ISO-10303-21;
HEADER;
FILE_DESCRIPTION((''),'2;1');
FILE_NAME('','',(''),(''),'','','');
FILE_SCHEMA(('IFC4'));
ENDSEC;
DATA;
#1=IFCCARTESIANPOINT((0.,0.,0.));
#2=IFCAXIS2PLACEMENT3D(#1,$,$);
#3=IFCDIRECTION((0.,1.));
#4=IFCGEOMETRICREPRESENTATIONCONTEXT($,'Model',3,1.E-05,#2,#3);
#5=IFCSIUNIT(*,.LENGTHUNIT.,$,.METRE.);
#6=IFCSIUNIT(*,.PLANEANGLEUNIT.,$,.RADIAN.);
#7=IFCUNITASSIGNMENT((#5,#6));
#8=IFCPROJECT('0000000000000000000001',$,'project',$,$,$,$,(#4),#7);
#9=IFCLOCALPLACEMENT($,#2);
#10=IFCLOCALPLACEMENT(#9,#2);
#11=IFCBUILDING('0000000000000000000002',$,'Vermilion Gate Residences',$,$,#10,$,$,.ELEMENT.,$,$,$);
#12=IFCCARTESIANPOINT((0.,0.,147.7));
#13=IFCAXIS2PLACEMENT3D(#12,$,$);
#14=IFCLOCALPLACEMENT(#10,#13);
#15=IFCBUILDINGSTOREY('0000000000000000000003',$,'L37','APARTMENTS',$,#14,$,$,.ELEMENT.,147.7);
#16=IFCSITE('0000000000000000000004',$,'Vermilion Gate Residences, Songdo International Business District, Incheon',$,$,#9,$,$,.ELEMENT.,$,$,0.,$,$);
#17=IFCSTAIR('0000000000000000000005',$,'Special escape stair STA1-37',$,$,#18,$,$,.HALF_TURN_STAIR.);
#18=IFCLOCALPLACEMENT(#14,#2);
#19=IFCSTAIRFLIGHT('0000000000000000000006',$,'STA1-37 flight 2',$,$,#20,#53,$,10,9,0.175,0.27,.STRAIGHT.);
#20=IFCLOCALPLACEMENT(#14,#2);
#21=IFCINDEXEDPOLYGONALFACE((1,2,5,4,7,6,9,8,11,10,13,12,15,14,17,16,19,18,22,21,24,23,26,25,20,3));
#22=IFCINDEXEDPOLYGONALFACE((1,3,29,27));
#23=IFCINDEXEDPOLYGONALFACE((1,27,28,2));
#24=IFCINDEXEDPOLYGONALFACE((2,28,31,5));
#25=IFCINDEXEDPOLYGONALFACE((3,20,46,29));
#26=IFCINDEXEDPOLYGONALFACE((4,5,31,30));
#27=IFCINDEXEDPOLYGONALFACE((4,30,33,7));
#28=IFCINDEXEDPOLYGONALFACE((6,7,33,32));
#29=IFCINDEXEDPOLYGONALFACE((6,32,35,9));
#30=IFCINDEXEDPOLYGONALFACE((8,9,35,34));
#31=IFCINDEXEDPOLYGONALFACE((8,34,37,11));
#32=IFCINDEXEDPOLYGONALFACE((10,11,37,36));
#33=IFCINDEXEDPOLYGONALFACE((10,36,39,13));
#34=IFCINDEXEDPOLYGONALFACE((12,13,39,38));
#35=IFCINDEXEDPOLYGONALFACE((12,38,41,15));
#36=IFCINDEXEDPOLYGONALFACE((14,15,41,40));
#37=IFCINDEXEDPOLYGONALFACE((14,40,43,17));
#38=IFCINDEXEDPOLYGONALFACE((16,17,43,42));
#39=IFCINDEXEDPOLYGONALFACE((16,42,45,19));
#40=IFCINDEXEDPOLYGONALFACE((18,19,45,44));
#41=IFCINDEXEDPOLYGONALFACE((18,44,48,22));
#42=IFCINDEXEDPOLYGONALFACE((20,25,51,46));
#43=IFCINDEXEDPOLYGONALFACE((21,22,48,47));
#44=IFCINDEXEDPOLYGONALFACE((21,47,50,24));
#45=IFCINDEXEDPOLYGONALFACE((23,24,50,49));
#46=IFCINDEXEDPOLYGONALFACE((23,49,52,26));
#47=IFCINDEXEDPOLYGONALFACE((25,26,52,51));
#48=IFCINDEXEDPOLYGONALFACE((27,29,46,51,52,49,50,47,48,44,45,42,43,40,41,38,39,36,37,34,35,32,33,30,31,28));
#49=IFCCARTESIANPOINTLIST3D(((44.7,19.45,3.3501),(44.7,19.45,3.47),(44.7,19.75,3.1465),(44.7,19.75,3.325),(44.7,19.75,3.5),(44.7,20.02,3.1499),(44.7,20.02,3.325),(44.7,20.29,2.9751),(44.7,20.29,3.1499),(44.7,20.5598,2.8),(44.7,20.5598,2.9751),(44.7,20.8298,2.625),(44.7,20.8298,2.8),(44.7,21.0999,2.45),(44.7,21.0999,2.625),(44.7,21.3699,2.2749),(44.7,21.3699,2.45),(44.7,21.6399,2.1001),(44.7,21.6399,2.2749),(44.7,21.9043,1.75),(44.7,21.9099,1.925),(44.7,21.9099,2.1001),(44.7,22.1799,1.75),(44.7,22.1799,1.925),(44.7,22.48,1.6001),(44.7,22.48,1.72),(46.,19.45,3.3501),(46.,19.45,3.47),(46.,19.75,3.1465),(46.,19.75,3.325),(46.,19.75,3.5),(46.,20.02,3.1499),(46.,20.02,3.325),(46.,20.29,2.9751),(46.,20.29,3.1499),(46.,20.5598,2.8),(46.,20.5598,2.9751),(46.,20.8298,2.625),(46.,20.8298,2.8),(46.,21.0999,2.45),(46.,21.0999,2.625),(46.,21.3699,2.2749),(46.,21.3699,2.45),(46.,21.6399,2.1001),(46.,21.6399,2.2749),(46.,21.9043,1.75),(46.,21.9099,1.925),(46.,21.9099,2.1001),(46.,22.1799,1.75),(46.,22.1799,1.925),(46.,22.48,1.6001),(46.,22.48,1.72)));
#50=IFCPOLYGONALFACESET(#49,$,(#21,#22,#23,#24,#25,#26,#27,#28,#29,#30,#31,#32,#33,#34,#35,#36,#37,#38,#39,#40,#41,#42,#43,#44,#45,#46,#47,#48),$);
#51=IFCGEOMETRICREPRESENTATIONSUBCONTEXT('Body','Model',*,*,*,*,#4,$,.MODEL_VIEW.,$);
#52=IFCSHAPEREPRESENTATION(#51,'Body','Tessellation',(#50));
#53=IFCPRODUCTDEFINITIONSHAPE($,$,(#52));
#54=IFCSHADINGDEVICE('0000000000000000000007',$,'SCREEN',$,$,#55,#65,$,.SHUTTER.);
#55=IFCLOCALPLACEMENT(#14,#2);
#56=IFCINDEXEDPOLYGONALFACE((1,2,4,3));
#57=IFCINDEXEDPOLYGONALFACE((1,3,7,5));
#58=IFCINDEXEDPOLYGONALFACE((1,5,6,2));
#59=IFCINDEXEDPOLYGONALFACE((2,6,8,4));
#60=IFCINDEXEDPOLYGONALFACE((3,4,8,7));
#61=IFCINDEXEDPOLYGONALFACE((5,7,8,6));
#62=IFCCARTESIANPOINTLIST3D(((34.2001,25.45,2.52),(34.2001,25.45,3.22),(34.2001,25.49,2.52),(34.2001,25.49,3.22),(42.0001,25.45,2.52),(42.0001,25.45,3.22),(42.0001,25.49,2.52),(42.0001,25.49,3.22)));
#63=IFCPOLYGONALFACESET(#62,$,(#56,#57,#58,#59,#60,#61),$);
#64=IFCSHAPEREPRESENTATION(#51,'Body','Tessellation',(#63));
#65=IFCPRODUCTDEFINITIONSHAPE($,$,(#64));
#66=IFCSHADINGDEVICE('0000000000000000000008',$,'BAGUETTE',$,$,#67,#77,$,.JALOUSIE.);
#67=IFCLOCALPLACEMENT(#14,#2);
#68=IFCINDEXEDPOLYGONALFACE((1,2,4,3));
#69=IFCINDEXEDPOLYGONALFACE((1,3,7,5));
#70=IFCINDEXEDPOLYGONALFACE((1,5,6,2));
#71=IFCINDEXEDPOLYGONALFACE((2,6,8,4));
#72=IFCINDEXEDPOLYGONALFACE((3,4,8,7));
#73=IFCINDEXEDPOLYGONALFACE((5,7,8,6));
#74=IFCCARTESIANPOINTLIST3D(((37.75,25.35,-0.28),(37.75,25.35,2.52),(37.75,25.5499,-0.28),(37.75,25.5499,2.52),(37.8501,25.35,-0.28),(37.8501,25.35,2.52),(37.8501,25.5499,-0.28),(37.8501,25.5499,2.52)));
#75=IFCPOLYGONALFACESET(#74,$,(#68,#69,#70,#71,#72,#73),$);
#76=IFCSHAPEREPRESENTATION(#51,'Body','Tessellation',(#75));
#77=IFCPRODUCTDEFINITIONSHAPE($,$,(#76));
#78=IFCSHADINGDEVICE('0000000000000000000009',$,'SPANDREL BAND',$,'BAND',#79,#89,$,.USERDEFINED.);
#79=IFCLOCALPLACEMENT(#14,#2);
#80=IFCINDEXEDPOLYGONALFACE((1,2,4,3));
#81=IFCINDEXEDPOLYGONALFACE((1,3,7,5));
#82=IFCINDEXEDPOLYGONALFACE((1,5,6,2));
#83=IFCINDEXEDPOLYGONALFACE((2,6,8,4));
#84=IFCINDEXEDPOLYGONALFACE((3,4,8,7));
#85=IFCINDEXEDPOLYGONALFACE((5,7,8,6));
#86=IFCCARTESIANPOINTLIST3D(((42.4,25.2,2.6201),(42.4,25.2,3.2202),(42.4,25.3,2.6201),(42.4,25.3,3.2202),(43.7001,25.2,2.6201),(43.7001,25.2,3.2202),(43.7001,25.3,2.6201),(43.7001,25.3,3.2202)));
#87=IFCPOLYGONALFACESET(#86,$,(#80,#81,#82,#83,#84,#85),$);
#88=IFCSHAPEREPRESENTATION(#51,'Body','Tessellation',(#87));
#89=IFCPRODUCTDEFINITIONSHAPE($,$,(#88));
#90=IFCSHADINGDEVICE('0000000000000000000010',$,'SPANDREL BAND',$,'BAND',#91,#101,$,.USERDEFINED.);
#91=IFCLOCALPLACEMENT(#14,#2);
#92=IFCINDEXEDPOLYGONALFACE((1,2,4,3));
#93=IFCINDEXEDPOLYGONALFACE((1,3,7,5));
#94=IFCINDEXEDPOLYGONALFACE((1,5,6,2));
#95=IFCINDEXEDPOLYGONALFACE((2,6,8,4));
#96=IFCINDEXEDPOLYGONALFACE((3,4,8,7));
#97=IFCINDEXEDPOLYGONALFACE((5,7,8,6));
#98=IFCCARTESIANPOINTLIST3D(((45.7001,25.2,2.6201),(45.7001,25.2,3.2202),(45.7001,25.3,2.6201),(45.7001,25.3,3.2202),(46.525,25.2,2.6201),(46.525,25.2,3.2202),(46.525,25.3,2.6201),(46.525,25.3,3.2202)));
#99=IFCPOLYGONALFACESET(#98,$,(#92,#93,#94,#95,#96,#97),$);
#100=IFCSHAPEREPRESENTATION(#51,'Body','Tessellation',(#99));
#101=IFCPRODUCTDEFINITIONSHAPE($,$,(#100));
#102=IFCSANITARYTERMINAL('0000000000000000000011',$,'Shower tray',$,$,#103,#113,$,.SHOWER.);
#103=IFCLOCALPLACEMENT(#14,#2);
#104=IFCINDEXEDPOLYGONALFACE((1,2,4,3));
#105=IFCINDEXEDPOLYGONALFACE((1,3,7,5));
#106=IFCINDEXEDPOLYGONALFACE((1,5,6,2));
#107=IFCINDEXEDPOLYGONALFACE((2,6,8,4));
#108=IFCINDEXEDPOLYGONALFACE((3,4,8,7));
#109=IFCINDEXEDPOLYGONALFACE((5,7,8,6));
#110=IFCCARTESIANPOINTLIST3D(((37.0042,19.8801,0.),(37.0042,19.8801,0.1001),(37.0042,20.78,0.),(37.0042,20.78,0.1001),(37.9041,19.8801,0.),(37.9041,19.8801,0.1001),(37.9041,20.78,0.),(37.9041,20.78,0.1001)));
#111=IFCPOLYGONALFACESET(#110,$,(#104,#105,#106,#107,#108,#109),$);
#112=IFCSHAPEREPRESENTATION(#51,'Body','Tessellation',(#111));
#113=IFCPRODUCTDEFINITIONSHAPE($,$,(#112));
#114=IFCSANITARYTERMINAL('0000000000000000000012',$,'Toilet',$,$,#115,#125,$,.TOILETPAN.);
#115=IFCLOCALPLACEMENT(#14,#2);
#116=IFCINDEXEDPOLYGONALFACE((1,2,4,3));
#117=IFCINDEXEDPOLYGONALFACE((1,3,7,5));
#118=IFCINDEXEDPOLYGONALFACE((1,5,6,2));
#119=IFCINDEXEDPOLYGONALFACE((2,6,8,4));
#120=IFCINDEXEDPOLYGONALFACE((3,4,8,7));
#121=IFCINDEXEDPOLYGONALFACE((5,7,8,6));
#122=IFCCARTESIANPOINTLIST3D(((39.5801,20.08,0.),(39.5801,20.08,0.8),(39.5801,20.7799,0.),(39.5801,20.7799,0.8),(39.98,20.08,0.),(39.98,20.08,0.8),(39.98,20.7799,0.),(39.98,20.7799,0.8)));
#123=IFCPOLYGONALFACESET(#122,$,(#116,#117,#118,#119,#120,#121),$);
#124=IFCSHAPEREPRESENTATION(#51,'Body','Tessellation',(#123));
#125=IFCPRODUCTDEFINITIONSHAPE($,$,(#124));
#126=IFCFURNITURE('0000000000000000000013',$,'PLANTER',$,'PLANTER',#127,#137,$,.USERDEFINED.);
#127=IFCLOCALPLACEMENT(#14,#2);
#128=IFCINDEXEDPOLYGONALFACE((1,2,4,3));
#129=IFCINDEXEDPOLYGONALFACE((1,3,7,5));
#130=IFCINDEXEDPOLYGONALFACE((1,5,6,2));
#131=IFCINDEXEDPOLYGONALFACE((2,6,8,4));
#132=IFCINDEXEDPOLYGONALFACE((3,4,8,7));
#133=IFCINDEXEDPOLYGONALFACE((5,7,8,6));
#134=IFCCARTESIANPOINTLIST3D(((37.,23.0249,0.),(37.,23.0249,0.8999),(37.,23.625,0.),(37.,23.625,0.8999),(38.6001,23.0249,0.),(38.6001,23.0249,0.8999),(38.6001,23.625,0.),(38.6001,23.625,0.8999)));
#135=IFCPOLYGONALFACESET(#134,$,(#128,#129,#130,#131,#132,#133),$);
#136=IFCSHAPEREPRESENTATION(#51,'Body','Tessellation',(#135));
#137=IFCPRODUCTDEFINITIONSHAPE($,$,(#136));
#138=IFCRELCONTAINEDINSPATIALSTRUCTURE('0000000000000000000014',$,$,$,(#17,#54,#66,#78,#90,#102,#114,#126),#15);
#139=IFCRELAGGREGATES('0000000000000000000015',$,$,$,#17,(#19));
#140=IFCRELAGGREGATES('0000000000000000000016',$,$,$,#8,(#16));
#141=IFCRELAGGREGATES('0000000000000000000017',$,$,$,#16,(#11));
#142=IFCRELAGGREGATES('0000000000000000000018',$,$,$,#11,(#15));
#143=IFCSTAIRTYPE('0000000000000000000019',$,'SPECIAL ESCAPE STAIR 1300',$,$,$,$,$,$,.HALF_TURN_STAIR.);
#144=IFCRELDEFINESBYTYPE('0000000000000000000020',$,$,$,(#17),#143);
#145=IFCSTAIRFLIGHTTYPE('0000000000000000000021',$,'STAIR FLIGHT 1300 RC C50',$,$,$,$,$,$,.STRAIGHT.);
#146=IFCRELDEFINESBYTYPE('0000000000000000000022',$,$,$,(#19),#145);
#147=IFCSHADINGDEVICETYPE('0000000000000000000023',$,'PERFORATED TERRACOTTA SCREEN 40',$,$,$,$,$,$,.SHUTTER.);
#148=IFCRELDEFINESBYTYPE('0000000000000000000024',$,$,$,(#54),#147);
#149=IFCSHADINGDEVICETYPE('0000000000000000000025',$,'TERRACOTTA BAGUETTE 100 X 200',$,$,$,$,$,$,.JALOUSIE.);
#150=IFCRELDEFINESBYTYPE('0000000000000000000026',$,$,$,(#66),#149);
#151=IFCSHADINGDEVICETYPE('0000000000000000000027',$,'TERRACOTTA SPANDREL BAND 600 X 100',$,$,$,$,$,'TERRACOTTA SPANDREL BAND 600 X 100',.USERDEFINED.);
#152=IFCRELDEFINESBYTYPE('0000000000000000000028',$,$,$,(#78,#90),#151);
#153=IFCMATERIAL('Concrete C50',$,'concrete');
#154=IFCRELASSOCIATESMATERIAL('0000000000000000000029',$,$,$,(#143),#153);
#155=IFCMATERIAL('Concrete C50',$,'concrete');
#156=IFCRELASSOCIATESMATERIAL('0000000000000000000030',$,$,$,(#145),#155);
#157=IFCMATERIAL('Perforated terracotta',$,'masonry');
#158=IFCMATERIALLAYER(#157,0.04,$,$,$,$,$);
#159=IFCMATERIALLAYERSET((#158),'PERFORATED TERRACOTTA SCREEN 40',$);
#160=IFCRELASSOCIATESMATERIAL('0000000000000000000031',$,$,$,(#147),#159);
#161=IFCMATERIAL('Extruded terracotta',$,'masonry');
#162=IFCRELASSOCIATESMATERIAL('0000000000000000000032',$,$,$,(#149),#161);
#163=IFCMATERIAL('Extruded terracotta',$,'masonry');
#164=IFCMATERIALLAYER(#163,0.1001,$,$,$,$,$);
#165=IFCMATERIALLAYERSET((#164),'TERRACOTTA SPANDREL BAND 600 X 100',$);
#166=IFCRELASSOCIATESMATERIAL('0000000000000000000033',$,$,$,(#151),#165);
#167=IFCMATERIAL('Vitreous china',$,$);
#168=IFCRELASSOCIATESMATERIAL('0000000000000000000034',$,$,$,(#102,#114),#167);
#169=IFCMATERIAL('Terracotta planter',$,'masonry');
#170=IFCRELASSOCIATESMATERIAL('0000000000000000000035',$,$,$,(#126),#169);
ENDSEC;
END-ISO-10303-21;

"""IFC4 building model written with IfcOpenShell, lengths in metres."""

from ifc_helpers import new_model, si_unit, direction, frame, origin, origin_2d, place, context, subcontext, project, spatial, polyline, rectangle, outline, extrude, material, layer, layer_set, material_profile, profile_set, type_object, element, aggregate, save


model = new_model("IFC4")

# Units and contexts
model_context = context("Model", 3, precision=1e-05, world=origin(), true_north=direction((0.0, 1.0)))
body_context = subcontext(model_context, "Body", "Model", "MODEL_VIEW")
ifc_project = project(units=[si_unit("LENGTHUNIT", "METRE"), si_unit("PLANEANGLEUNIT", "RADIAN")], contexts=[model_context])

# Site, building, storey
site_placement = place(None, origin())
site = spatial("IfcSite", under=ifc_project, at=site_placement, Name="Vermilion Gate Residences, Songdo International Business District, Incheon", CompositionType="ELEMENT", RefElevation=0.0)
building_placement = place(site_placement, origin())
building = spatial("IfcBuilding", under=site, at=building_placement, Name="Vermilion Gate Residences", CompositionType="ELEMENT")
storey_placement = place(building_placement, frame((0.0, 0.0, 147.7)))
storey = spatial("IfcBuildingStorey", under=building, at=storey_placement, Name="L37", Description="APARTMENTS", CompositionType="ELEMENT", Elevation=147.7)

# Stair, stair flight
ifc_material_1 = material(Name="Concrete C50", Category="concrete")
stair_type = type_object("IfcStairType", Name="SPECIAL ESCAPE STAIR 1300", PredefinedType="HALF_TURN_STAIR", material=ifc_material_1)
stair_placement = place(storey_placement, origin())
stair = element("IfcStair", 1, at=stair_placement, inside=storey, type_object=stair_type, Name="Special escape stair STA1-37", PredefinedType="HALF_TURN_STAIR")
ifc_material_2 = material(Name="Concrete C50", Category="concrete")
stair_flight_type = type_object("IfcStairFlightType", Name="STAIR FLIGHT 1300 RC C50", PredefinedType="STRAIGHT", material=ifc_material_2)
stair_flight_1_placement = place(storey_placement, frame((45.3501, 22.1799, 1.75), z_axis=(0.0, 0.0, 1.0), x_axis=(0.0, -1.0, 0.0)))
stair_flight_1 = element("IfcStairFlight", 2, at=stair_flight_1_placement, type_object=stair_flight_type, Name="STA1-37 flight 2", NumberOfRisers=10, NumberOfTreads=9, PredefinedType="STRAIGHT", RiserHeight=0.175, TreadLength=0.27, context=body_context, shape_type="SweptSolid", body=[
    extrude(outline(polyline([(-0.3, -0.1499), (-0.3, -0.03), (0.0, 0.0), (0.0, 0.175), (0.27, 0.175), (0.27, 0.3501), (0.54, 0.3501), (0.54, 0.5249), (0.8101, 0.5249), (0.8101, 0.7), (1.0801, 0.7), (1.0801, 0.875), (1.3501, 0.875), (1.3501, 1.05), (1.6201, 1.05), (1.6201, 1.2251), (1.8899, 1.2251), (1.8899, 1.3999), (2.1599, 1.3999), (2.1599, 1.575), (2.4299, 1.575), (2.4299, 1.75), (2.73, 1.72), (2.73, 1.6001), (2.4299, 1.3965), (0.2756, 0.0), (-0.3, -0.1499)])), frame((0.0, 0.6499, 0.0), z_axis=(0.0, -1.0, 0.0), x_axis=(1.0, 0.0, 0.0)), (0.0, 0.0, 1.0), 1.3),
])
aggregate(stair, [stair_flight_1])

# Shading device
ifc_material_3 = material(Name="Perforated terracotta", Category="masonry")
ifc_layer_1 = layer(ifc_material_3, 0.04)
ifc_layer_set_1 = layer_set([ifc_layer_1], Name="PERFORATED TERRACOTTA SCREEN 40")
shading_device_type_1 = type_object("IfcShadingDeviceType", Name="PERFORATED TERRACOTTA SCREEN 40", PredefinedType="SHUTTER", material=ifc_layer_set_1)
shading_device_1_placement = place(storey_placement, frame((38.1001, 25.47, 2.52), z_axis=(0.0, 0.0, 1.0), x_axis=(-1.0, 0.0, 0.0)))
element("IfcShadingDevice", 3, at=shading_device_1_placement, inside=storey, type_object=shading_device_type_1, Name="SCREEN", PredefinedType="SHUTTER", context=body_context, shape_type="SweptSolid", body=[
    extrude(rectangle(XDim=7.8, YDim=0.04, at=origin_2d()), origin(), (0.0, 0.0, 1.0), 0.7),
])

# Shading devices
ifc_material_4 = material(Name="Extruded terracotta", Category="masonry")
ifc_material_profile = material_profile(ifc_material_4, rectangle(XDim=0.2, YDim=0.1001, at=origin_2d()), Name="BAGUETTE 100 X 200")
ifc_profile_set = profile_set([ifc_material_profile], Name="Extruded terracotta")
shading_device_type_2 = type_object("IfcShadingDeviceType", Name="TERRACOTTA BAGUETTE 100 X 200", PredefinedType="JALOUSIE", material=ifc_profile_set)
shading_device_2_placement = place(storey_placement, frame((37.8, 25.45, -0.28), z_axis=(0.0, 0.0, 1.0), x_axis=(0.0, -1.0, 0.0)))
element("IfcShadingDevice", 4, at=shading_device_2_placement, inside=storey, type_object=shading_device_type_2, Name="BAGUETTE", PredefinedType="JALOUSIE", context=body_context, shape_type="SweptSolid", body=[
    extrude(rectangle(XDim=0.2, YDim=0.1001, at=origin_2d()), origin(), (0.0, 0.0, 1.0), 2.8),
])
ifc_material_5 = material(Name="Extruded terracotta", Category="masonry")
ifc_layer_2 = layer(ifc_material_5, 0.1001)
ifc_layer_set_2 = layer_set([ifc_layer_2], Name="TERRACOTTA SPANDREL BAND 600 X 100")
shading_device_type_3 = type_object("IfcShadingDeviceType", Name="TERRACOTTA SPANDREL BAND 600 X 100", ElementType="TERRACOTTA SPANDREL BAND 600 X 100", PredefinedType="USERDEFINED", material=ifc_layer_set_2)
shading_device_3_placement = place(storey_placement, frame((43.05, 25.25, 2.6201), z_axis=(0.0, 0.0, 1.0), x_axis=(1.0, 0.0, 0.0)))
element("IfcShadingDevice", 5, at=shading_device_3_placement, inside=storey, type_object=shading_device_type_3, Name="SPANDREL BAND", ObjectType="BAND", PredefinedType="USERDEFINED", context=body_context, shape_type="SweptSolid", body=[
    extrude(rectangle(XDim=1.3, YDim=0.1001, at=origin_2d()), origin(), (0.0, 0.0, 1.0), 0.6001),
])
shading_device_4_placement = place(storey_placement, frame((46.1125, 25.25, 2.6201), z_axis=(0.0, 0.0, 1.0), x_axis=(1.0, 0.0, 0.0)))
element("IfcShadingDevice", 6, at=shading_device_4_placement, inside=storey, type_object=shading_device_type_3, Name="SPANDREL BAND", ObjectType="BAND", PredefinedType="USERDEFINED", context=body_context, shape_type="SweptSolid", body=[
    extrude(rectangle(XDim=0.825, YDim=0.1001, at=origin_2d()), origin(), (0.0, 0.0, 1.0), 0.6001),
])

# Sanitary terminals
ifc_material_6 = material(Name="Vitreous china")
sanitary_terminal_1_placement = place(storey_placement, frame((37.4541, 20.3301, 0.0), z_axis=(0.0, 0.0, 1.0), x_axis=(1.0, 0.0, 0.0)))
element("IfcSanitaryTerminal", 7, at=sanitary_terminal_1_placement, inside=storey, material=ifc_material_6, Name="Shower tray", PredefinedType="SHOWER", context=body_context, shape_type="SweptSolid", body=[
    extrude(rectangle(XDim=0.8999, YDim=0.8999, at=origin_2d()), origin(), (0.0, 0.0, 1.0), 0.1001),
])
sanitary_terminal_2_placement = place(storey_placement, frame((39.78, 20.4299, 0.0), z_axis=(0.0, 0.0, 1.0), x_axis=(1.0, 0.0, 0.0)))
element("IfcSanitaryTerminal", 8, at=sanitary_terminal_2_placement, inside=storey, material=ifc_material_6, Name="Toilet", PredefinedType="TOILETPAN", context=body_context, shape_type="SweptSolid", body=[
    extrude(rectangle(XDim=0.3999, YDim=0.7, at=origin_2d()), origin(), (0.0, 0.0, 1.0), 0.8),
])

# Furniture
ifc_material_7 = material(Name="Terracotta planter", Category="masonry")
furniture_placement = place(storey_placement, frame((37.8, 23.325, 0.0), z_axis=(0.0, 0.0, 1.0), x_axis=(-1.0, 0.0, 0.0)))
element("IfcFurniture", 9, at=furniture_placement, inside=storey, material=ifc_material_7, Name="PLANTER", ObjectType="PLANTER", PredefinedType="USERDEFINED", context=body_context, shape_type="SweptSolid", body=[
    extrude(rectangle(XDim=1.6001, YDim=0.6001, at=origin_2d()), origin(), (0.0, 0.0, 1.0), 0.8999),
])

save(model, "model.ifc")
